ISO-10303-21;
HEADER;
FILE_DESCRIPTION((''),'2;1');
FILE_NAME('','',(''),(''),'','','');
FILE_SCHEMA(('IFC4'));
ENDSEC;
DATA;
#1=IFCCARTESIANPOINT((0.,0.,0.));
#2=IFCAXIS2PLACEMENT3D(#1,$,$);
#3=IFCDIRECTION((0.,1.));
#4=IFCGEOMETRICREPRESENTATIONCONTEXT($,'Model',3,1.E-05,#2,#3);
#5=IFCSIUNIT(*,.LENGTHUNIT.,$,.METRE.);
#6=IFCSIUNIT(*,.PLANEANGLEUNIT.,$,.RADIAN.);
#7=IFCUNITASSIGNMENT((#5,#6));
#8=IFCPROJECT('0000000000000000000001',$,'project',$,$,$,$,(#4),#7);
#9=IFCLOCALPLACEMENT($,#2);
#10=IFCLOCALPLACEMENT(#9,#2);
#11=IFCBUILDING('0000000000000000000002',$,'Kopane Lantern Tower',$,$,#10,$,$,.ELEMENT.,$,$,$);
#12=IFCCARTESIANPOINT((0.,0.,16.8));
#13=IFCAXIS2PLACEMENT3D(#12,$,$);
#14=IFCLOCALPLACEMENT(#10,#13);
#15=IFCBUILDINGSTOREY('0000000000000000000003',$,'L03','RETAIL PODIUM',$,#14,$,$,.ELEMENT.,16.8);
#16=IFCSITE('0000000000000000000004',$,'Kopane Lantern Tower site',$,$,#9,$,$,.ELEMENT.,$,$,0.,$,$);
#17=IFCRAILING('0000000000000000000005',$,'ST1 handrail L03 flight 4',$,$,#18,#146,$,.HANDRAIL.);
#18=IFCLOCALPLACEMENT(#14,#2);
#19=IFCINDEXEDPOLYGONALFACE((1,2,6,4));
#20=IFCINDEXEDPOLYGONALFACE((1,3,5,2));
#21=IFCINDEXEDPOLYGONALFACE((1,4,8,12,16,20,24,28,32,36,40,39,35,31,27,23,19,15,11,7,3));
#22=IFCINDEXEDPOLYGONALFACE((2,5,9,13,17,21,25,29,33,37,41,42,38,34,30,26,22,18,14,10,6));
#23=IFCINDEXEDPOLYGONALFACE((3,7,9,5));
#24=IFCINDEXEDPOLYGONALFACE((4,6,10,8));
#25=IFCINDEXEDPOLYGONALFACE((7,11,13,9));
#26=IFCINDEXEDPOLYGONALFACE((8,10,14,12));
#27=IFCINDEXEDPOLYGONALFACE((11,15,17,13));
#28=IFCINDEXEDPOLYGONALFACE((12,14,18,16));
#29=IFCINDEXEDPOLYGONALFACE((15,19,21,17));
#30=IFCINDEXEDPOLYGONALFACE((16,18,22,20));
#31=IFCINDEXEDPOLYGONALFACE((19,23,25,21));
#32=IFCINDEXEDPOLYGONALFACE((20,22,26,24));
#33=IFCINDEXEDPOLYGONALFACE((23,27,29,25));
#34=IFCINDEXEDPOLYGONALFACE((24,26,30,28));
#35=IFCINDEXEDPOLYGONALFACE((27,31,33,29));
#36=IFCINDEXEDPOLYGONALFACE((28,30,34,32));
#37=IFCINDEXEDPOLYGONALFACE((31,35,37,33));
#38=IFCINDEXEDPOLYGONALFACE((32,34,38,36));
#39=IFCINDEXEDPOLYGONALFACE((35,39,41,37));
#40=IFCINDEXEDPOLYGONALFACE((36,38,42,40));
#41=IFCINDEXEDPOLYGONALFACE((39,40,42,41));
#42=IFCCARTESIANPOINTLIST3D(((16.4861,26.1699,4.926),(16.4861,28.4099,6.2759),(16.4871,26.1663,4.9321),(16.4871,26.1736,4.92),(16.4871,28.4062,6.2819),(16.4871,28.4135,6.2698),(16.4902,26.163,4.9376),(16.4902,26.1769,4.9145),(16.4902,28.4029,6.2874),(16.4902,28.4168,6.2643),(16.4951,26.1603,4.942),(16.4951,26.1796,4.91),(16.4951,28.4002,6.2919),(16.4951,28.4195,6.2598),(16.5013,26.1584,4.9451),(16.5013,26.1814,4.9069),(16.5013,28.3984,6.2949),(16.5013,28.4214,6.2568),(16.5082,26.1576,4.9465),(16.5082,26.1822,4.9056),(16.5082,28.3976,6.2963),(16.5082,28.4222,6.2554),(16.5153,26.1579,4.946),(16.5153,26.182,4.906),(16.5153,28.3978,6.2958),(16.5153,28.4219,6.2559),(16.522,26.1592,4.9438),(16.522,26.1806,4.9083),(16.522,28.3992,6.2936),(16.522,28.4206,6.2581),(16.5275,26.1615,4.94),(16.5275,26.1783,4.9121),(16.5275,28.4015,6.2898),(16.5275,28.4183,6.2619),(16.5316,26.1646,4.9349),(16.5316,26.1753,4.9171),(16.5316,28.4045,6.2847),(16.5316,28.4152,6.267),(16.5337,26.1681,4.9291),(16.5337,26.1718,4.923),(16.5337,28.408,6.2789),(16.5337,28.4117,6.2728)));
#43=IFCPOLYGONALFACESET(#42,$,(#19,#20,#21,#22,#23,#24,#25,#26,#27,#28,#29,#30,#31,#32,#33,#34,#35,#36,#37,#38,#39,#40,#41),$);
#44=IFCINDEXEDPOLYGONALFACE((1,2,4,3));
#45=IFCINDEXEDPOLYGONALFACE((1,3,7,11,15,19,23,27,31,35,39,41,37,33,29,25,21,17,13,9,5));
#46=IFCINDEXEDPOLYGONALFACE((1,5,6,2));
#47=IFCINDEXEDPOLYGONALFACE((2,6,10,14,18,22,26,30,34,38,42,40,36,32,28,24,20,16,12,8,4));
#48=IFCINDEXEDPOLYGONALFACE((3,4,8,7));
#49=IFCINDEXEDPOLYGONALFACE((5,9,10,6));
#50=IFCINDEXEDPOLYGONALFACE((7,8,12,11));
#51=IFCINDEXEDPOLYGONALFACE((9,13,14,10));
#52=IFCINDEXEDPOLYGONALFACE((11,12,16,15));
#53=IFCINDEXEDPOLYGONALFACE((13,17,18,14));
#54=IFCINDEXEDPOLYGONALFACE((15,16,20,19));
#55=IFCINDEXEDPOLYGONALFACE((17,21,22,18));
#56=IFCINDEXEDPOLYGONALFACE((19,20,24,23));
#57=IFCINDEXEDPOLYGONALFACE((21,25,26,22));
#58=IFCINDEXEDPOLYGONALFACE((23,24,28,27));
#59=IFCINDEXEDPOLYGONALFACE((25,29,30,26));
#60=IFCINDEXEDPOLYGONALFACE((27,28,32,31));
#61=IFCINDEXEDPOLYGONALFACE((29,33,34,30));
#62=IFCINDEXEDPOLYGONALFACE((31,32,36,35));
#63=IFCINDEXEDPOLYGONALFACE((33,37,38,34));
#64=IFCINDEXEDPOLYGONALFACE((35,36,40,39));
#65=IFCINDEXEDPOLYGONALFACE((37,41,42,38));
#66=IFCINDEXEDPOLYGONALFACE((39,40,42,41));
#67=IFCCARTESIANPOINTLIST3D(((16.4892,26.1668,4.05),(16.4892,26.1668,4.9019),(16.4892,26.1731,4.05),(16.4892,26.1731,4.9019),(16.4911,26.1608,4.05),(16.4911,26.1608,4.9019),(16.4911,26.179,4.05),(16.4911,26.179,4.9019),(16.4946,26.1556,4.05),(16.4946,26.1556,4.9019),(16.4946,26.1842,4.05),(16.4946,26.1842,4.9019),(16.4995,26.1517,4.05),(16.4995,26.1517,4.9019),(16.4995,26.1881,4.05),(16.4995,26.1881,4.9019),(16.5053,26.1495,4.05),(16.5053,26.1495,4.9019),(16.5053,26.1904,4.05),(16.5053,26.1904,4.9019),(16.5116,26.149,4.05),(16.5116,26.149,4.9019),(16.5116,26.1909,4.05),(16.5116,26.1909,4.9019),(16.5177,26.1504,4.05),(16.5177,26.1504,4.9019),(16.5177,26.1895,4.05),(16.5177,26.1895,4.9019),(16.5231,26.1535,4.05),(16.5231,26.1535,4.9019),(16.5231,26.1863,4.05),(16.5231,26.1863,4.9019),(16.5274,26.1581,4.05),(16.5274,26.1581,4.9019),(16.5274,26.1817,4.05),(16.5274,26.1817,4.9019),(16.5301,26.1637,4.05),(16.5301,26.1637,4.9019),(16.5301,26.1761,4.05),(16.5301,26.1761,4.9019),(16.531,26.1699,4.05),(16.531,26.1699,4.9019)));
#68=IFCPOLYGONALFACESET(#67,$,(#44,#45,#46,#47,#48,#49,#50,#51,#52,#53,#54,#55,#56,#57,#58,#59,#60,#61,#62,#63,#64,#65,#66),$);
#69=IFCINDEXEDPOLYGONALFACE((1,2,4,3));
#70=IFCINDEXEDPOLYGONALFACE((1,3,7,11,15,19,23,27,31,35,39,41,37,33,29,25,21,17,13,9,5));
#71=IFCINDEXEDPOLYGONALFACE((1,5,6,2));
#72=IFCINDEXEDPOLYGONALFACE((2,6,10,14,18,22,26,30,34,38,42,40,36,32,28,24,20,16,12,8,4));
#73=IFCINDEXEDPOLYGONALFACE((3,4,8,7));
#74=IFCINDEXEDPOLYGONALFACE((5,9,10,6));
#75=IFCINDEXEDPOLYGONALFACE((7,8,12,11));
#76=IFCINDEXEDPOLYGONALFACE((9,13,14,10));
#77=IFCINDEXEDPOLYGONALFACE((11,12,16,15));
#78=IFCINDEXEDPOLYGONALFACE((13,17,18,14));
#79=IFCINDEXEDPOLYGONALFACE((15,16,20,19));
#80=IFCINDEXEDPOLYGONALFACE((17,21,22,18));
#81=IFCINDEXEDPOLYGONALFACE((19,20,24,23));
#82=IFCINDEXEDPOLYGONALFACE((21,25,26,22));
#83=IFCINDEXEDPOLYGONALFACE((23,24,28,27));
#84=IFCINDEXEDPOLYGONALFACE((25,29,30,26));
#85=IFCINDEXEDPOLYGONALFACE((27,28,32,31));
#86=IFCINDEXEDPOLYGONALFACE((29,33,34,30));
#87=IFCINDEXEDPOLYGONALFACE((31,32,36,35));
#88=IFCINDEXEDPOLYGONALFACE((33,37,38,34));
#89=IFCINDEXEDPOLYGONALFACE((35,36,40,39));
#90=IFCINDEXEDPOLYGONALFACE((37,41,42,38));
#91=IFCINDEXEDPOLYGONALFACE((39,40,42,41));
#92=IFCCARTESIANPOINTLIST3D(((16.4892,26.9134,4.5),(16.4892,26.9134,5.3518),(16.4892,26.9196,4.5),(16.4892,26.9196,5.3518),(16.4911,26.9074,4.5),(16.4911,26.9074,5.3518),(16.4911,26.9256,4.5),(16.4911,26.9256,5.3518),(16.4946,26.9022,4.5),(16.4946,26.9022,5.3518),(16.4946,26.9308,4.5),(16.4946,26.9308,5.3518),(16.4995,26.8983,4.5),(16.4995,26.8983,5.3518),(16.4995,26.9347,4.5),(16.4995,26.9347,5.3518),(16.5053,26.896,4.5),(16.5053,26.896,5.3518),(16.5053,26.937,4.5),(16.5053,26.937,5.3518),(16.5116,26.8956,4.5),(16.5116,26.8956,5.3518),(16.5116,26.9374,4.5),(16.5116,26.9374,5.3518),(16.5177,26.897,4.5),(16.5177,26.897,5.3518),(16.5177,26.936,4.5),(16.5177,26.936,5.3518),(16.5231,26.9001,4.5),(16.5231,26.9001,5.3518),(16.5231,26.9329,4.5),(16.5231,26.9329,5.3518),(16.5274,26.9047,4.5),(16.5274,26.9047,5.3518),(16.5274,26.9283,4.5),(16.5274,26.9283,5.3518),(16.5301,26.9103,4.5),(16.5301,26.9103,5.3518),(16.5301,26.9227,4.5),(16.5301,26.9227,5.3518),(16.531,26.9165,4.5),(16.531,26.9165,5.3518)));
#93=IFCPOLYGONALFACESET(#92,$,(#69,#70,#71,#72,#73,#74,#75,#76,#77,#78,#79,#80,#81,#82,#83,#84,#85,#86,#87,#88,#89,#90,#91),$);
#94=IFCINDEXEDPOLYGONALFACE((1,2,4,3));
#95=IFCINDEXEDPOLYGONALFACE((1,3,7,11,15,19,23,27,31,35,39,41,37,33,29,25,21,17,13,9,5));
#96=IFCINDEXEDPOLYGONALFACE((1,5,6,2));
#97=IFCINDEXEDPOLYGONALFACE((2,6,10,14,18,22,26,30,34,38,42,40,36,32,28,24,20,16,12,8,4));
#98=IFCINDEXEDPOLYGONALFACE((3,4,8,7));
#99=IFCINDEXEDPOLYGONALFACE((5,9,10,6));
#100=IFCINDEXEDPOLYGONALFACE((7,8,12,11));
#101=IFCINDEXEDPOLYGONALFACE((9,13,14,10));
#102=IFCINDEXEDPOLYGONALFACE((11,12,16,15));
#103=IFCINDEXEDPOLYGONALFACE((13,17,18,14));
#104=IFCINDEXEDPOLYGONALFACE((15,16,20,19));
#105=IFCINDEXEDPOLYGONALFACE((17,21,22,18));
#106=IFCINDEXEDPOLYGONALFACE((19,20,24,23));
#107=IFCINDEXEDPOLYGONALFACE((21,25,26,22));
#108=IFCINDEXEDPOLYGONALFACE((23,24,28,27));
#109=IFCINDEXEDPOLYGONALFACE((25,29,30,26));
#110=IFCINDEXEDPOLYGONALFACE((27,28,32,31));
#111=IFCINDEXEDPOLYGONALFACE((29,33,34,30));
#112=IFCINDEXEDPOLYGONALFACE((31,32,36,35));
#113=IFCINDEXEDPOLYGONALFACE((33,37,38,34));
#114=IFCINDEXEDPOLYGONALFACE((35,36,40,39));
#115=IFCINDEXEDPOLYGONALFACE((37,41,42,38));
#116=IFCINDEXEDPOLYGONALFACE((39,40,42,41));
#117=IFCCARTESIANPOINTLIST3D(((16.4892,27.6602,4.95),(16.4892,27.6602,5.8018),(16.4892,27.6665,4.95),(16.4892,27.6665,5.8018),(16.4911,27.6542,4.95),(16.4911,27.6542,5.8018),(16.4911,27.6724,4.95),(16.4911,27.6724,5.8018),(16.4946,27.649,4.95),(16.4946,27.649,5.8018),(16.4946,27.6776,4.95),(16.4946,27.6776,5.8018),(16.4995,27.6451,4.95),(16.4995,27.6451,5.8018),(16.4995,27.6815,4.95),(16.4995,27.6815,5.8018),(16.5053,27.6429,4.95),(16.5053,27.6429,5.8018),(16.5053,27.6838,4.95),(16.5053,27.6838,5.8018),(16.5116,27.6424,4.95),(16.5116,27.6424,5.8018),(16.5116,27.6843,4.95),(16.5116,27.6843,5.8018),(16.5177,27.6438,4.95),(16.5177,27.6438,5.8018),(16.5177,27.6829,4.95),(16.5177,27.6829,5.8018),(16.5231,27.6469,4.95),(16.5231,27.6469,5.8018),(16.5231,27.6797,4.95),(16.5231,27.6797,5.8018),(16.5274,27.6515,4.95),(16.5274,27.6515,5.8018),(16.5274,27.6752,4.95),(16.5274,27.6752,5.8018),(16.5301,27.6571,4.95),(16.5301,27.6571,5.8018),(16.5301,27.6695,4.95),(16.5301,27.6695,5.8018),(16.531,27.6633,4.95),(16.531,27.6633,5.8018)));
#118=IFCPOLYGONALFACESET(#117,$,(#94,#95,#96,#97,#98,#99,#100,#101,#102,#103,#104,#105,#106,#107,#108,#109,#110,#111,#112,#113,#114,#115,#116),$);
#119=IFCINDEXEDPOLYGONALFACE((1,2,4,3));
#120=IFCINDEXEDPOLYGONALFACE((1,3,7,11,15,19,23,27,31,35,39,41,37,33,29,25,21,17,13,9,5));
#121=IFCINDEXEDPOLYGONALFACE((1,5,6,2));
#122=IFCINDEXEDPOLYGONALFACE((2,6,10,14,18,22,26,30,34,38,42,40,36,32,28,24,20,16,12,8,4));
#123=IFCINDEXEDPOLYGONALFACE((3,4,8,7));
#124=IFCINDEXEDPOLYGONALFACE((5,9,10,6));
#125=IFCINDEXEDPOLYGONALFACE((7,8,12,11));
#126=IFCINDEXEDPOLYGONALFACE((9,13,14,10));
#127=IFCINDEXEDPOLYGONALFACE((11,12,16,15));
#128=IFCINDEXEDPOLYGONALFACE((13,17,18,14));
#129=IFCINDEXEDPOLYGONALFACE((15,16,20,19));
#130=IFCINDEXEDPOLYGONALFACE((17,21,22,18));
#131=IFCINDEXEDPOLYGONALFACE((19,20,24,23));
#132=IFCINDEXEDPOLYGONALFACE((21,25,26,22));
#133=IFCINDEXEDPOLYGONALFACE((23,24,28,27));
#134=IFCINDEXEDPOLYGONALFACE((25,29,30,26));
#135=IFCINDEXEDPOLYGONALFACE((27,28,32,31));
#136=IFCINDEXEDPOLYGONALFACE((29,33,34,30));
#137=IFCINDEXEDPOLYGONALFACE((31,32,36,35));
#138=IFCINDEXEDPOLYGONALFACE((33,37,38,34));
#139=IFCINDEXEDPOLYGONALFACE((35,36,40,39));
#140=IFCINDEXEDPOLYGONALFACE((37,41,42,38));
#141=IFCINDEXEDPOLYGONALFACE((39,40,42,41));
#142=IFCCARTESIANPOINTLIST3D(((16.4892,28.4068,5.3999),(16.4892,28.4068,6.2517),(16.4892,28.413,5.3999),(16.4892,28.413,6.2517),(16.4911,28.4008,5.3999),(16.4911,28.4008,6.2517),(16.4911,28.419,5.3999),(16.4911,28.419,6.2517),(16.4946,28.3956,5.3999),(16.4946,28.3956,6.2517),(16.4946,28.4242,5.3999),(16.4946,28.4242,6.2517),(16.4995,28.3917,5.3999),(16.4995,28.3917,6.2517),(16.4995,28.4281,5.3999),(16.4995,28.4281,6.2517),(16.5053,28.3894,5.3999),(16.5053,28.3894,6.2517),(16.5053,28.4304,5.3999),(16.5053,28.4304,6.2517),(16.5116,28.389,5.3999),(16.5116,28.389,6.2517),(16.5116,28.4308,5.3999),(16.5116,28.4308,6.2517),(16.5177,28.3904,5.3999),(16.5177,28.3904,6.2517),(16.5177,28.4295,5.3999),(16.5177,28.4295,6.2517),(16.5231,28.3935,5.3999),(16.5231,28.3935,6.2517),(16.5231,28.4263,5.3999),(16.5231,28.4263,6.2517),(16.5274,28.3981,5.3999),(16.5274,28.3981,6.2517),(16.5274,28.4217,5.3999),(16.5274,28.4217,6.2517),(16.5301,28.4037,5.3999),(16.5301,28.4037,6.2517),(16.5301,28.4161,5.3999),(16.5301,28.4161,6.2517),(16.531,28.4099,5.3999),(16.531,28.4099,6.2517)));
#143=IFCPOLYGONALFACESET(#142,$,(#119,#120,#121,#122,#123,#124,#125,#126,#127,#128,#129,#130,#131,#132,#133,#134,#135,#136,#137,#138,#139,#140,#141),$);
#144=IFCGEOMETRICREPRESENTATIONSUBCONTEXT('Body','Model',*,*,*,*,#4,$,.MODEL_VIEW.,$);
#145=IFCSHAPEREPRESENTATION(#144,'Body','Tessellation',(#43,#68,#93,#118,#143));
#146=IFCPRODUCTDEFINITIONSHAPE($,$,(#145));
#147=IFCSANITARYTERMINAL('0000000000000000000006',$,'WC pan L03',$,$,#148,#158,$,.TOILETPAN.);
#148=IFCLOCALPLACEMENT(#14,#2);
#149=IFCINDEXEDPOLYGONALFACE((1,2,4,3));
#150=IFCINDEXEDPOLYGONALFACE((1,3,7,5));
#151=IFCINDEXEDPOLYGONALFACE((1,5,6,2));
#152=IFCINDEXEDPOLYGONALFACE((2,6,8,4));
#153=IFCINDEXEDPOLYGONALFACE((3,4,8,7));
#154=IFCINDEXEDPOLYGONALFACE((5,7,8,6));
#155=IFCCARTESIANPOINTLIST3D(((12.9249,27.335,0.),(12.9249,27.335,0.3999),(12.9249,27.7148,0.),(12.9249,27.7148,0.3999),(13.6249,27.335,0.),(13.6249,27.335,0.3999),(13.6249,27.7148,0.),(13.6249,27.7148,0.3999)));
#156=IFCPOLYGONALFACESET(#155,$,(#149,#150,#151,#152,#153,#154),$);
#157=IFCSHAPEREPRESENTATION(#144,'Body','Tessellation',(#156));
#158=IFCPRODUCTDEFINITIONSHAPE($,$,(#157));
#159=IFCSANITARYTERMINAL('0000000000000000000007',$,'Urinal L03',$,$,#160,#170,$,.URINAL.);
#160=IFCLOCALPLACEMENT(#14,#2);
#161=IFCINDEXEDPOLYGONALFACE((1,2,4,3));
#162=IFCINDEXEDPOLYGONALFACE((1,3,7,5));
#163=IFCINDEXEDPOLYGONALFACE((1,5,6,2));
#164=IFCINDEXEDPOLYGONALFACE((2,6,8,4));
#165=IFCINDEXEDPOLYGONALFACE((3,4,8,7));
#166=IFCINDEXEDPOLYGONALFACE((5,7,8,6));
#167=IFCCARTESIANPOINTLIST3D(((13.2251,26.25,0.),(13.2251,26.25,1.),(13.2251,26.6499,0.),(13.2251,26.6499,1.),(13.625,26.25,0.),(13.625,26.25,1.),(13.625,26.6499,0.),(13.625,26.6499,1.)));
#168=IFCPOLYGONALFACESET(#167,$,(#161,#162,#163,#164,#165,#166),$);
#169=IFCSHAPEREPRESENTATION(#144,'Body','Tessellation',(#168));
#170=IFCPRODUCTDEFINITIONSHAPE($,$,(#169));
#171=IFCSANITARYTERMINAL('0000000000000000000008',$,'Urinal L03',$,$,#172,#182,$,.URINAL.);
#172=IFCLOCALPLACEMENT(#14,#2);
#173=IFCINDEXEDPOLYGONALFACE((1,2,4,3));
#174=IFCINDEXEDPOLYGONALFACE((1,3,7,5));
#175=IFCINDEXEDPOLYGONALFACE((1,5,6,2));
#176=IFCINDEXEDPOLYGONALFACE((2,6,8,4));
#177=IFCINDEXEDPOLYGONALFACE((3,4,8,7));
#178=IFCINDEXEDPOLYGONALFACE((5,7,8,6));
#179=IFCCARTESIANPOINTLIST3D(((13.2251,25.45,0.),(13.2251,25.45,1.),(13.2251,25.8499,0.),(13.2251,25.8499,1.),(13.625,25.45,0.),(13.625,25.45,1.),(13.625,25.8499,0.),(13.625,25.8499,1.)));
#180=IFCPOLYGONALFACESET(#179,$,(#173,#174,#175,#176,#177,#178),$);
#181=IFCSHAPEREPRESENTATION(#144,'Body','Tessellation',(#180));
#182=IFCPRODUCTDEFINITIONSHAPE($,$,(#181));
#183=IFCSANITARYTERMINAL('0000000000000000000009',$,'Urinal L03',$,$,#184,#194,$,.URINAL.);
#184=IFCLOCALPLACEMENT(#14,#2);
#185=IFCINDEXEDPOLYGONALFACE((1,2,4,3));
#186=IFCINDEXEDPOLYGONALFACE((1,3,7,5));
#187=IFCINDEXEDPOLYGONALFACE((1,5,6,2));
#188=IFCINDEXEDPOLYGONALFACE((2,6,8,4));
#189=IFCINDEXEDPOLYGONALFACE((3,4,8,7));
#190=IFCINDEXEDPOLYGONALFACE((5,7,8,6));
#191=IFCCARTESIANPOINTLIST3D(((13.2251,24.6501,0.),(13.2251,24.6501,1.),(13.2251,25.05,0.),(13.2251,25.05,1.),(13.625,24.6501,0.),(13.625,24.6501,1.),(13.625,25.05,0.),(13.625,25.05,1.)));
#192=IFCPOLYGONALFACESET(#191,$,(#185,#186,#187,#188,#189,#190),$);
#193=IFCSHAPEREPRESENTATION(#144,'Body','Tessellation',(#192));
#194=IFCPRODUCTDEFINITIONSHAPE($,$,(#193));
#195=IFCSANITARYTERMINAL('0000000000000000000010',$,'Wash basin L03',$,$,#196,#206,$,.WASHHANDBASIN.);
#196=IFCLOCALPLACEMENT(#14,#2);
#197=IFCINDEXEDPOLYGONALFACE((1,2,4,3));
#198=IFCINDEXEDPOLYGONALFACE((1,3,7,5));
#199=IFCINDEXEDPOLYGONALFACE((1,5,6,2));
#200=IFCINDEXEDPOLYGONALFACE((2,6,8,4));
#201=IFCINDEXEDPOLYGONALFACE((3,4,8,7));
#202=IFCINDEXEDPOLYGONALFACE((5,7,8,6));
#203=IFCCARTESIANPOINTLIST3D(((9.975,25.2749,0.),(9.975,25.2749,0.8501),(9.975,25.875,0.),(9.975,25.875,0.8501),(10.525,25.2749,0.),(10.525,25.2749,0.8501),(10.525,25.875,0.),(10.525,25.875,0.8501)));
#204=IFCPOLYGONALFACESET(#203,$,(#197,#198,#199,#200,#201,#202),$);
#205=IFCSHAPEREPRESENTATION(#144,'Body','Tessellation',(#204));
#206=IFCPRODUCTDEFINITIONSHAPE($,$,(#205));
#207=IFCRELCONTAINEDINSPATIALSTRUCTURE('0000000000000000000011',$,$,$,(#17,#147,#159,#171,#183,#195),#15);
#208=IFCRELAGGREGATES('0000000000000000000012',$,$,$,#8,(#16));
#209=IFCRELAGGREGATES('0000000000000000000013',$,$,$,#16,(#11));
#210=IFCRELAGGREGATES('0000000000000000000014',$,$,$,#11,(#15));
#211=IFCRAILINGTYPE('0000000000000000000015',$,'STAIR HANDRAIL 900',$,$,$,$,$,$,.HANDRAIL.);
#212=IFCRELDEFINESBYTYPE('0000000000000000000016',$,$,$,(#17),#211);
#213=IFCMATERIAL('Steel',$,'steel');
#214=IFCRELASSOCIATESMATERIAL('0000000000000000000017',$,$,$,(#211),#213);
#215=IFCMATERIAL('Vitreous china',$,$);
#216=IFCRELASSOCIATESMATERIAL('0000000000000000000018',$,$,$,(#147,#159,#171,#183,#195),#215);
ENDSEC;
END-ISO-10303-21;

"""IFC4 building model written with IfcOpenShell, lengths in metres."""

from ifc_helpers import new_model, si_unit, direction, frame, origin, origin_2d, place, context, subcontext, project, spatial, rectangle, circle, extrude, material, type_object, element, save


model = new_model("IFC4")

# Units and contexts
model_context = context("Model", 3, precision=1e-05, world=origin(), true_north=direction((0.0, 1.0)))
body_context = subcontext(model_context, "Body", "Model", "MODEL_VIEW")
ifc_project = project(units=[si_unit("LENGTHUNIT", "METRE"), si_unit("PLANEANGLEUNIT", "RADIAN")], contexts=[model_context])

# Site, building, storey
site_placement = place(None, origin())
site = spatial("IfcSite", under=ifc_project, at=site_placement, Name="Kopane Lantern Tower site", CompositionType="ELEMENT", RefElevation=0.0)
building_placement = place(site_placement, origin())
building = spatial("IfcBuilding", under=site, at=building_placement, Name="Kopane Lantern Tower", CompositionType="ELEMENT")
storey_placement = place(building_placement, frame((0.0, 0.0, 16.8)))
storey = spatial("IfcBuildingStorey", under=building, at=storey_placement, Name="L03", Description="RETAIL PODIUM", CompositionType="ELEMENT", Elevation=16.8)

# Railing
ifc_material_1 = material(Name="Steel", Category="steel")
railing_type = type_object("IfcRailingType", Name="STAIR HANDRAIL 900", PredefinedType="HANDRAIL", material=ifc_material_1)
railing_1_placement = place(storey_placement, frame((16.51, 26.1699, 4.05)))
element("IfcRailing", 1, at=railing_1_placement, inside=storey, type_object=railing_type, Name="ST1 handrail L03 flight 4", PredefinedType="HANDRAIL", context=body_context, shape_type="SweptSolid", body=[
    extrude(circle(Radius=0.0239, at=origin_2d()), frame((0.0, 0.0, 0.876), z_axis=(0.0, 0.856503, 0.516142), x_axis=(-1.0, 0.0, 0.0)), (0.0, 0.0, 1.0), 2.6152),
    extrude(circle(Radius=0.021, at=origin_2d()), origin(), (0.0, 0.0, 1.0), 0.8518),
    extrude(circle(Radius=0.021, at=origin_2d()), frame((0.0, 0.7466, 0.45)), (0.0, 0.0, 1.0), 0.8518),
    extrude(circle(Radius=0.021, at=origin_2d()), frame((0.0, 1.4934, 0.8999)), (0.0, 0.0, 1.0), 0.8518),
    extrude(circle(Radius=0.021, at=origin_2d()), frame((0.0, 2.24, 1.3499)), (0.0, 0.0, 1.0), 0.8518),
])

# Sanitary terminals
ifc_material_2 = material(Name="Vitreous china")
sanitary_terminal_1_placement = place(storey_placement, frame((13.2749, 27.5249, 0.0), z_axis=(0.0, 0.0, 1.0), x_axis=(1.0, 0.0, 0.0)))
element("IfcSanitaryTerminal", 2, at=sanitary_terminal_1_placement, inside=storey, material=ifc_material_2, Name="WC pan L03", PredefinedType="TOILETPAN", context=body_context, shape_type="SweptSolid", body=[
    extrude(rectangle(XDim=0.7, YDim=0.3799, at=origin_2d()), origin(), (0.0, 0.0, 1.0), 0.3999),
])
for number, where, z_axis, x_axis, name in (
    (3, (13.425, 26.45, 0.0), (0.0, 0.0, 1.0), (1.0, 0.0, 0.0), "Urinal L03"),
    (4, (13.425, 25.6499, 0.0), (0.0, 0.0, 1.0), (1.0, 0.0, 0.0), "Urinal L03"),
    (5, (13.425, 24.8501, 0.0), (0.0, 0.0, 1.0), (1.0, 0.0, 0.0), "Urinal L03"),
):
    element("IfcSanitaryTerminal", number, at=place(storey_placement, frame(where, z_axis=z_axis, x_axis=x_axis)), inside=storey, material=ifc_material_2, Name=name, PredefinedType="URINAL", context=body_context, shape_type="SweptSolid", body=[
        extrude(rectangle(XDim=0.3999, YDim=0.3999, at=origin_2d()), origin(), (0.0, 0.0, 1.0), 1.0),
    ])
sanitary_terminal_2_placement = place(storey_placement, frame((10.25, 25.575, 0.0), z_axis=(0.0, 0.0, 1.0), x_axis=(1.0, 0.0, 0.0)))
element("IfcSanitaryTerminal", 6, at=sanitary_terminal_2_placement, inside=storey, material=ifc_material_2, Name="Wash basin L03", PredefinedType="WASHHANDBASIN", context=body_context, shape_type="SweptSolid", body=[
    extrude(rectangle(XDim=0.55, YDim=0.6001, at=origin_2d()), origin(), (0.0, 0.0, 1.0), 0.8501),
])

save(model, "model.ifc")
